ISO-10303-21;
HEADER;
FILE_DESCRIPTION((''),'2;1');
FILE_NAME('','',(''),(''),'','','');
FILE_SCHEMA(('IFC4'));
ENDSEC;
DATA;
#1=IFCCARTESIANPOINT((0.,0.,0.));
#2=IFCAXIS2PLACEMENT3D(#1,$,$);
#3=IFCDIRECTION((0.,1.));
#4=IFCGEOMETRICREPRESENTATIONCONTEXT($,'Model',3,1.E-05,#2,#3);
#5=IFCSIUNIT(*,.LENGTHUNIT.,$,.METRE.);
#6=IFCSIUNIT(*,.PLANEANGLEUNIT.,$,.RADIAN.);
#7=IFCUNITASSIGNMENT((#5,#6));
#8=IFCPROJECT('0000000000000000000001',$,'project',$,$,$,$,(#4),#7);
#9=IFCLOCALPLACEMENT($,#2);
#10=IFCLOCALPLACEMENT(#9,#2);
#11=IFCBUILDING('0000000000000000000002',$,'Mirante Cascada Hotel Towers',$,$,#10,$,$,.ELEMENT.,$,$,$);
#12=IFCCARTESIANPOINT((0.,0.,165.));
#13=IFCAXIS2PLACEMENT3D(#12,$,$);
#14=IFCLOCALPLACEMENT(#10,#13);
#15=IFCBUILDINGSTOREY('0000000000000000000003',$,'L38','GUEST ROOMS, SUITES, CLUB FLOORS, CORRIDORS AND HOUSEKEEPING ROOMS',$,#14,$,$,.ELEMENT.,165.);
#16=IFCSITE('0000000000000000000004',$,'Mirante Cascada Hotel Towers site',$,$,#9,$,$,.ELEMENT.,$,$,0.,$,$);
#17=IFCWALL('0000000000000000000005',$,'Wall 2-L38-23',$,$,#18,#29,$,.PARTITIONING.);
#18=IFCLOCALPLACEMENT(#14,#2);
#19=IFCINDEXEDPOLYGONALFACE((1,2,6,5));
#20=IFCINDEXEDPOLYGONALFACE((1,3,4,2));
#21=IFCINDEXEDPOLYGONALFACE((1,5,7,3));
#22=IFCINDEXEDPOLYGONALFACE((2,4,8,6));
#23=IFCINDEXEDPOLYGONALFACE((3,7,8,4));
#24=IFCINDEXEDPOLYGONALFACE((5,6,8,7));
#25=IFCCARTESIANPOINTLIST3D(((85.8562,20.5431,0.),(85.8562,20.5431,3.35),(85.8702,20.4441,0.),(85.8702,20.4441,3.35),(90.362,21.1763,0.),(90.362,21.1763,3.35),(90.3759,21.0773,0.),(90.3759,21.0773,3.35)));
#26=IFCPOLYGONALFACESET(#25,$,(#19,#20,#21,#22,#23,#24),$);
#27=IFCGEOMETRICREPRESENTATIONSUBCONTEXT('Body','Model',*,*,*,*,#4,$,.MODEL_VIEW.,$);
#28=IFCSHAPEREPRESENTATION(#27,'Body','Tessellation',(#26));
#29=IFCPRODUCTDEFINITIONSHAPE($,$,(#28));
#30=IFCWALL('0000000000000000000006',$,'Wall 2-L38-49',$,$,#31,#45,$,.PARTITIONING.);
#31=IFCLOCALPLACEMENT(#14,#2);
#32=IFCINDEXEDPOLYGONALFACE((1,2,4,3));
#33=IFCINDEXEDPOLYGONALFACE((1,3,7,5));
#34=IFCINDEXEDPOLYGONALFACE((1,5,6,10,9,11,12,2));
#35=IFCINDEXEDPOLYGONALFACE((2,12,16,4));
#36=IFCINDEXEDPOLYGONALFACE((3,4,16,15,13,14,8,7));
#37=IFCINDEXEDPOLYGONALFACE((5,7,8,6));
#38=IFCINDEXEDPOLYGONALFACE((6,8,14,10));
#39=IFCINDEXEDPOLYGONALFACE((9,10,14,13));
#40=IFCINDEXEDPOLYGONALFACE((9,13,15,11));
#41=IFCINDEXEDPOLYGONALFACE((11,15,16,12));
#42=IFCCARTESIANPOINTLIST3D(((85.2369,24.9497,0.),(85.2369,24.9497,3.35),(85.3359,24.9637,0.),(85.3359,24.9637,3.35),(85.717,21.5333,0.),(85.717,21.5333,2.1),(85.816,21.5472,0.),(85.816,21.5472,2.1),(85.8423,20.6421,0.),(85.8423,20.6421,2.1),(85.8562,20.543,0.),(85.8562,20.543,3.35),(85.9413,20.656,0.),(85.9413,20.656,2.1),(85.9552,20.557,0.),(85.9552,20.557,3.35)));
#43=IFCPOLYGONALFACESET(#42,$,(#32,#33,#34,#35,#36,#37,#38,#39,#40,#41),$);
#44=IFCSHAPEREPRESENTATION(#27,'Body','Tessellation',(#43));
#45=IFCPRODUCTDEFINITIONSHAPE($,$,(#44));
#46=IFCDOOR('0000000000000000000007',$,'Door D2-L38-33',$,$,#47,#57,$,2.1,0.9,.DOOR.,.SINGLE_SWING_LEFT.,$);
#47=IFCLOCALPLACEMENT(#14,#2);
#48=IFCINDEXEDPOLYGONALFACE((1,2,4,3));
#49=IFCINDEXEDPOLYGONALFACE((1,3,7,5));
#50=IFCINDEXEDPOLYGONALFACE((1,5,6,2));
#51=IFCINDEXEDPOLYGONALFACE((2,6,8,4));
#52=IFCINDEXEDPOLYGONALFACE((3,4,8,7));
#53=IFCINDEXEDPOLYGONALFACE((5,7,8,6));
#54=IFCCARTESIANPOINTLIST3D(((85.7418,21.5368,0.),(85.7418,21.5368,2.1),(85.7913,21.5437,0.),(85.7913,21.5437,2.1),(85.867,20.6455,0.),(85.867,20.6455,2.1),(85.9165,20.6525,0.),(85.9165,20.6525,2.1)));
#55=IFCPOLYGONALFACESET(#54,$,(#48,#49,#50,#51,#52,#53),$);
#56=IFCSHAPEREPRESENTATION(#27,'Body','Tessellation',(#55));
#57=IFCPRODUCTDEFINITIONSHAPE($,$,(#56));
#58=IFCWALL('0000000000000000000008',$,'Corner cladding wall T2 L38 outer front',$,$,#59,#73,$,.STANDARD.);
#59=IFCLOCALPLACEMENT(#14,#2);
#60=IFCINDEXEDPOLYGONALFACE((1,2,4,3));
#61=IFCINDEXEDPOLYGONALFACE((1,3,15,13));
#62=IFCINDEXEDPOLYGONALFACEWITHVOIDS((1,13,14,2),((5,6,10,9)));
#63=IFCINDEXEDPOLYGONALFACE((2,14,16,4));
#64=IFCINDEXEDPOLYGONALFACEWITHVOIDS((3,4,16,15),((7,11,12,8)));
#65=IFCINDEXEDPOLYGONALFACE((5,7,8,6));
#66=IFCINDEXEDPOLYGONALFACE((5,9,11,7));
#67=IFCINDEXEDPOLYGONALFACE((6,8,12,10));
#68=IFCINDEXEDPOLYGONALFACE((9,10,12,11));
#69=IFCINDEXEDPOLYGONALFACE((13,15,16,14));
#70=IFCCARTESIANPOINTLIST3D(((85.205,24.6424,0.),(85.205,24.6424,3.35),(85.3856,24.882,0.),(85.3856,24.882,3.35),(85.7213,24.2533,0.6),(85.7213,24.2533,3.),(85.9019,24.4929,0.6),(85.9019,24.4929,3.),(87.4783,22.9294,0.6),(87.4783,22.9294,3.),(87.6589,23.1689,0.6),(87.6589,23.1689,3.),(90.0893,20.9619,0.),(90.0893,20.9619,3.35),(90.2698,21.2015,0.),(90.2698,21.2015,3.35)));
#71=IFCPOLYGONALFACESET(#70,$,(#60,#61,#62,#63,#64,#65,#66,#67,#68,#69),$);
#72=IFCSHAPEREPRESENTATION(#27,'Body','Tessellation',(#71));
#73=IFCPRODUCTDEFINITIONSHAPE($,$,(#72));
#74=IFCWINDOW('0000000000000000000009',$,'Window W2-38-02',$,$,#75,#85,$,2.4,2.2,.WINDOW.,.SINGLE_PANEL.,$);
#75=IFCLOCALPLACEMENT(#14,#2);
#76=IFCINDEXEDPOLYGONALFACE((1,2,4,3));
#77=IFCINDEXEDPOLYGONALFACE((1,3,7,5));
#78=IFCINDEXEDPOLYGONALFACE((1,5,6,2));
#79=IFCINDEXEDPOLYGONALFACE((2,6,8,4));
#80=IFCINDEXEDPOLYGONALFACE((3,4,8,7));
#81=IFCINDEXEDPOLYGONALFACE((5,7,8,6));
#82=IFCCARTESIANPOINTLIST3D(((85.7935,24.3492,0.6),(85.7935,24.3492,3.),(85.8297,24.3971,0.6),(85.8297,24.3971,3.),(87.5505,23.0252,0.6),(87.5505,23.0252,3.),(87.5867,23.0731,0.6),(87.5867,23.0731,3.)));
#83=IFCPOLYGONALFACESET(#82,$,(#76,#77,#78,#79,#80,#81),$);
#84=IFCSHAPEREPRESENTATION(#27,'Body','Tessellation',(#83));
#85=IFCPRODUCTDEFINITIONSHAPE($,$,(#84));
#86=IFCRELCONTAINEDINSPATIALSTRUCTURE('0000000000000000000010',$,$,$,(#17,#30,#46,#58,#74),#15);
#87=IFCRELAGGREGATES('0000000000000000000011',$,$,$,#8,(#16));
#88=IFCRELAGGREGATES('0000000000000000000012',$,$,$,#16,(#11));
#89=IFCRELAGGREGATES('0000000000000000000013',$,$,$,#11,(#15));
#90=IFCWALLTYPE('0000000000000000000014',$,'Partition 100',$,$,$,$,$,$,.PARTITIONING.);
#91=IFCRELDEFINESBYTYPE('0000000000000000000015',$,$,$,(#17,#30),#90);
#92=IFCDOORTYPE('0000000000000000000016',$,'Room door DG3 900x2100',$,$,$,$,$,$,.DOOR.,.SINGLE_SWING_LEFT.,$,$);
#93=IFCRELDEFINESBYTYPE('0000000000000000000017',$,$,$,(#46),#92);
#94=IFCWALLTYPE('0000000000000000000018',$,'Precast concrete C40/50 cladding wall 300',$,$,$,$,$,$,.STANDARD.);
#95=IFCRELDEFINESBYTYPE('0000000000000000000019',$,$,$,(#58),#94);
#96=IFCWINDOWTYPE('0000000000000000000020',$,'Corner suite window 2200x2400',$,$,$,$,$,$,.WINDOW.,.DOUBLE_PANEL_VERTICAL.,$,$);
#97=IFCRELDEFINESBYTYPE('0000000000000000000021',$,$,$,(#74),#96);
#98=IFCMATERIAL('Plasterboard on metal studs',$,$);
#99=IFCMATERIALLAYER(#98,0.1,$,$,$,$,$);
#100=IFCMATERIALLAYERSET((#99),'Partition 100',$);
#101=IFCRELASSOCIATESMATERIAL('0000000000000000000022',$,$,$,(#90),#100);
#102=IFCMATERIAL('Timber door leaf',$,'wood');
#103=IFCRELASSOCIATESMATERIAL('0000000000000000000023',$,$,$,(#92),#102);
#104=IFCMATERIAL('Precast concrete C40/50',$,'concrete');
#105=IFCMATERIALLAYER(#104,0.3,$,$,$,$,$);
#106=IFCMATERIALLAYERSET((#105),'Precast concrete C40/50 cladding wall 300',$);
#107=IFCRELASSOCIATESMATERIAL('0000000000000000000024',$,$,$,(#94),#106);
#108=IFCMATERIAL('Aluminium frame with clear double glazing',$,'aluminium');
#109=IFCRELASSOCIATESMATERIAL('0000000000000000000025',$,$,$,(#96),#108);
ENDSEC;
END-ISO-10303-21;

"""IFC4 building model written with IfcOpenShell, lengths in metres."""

from ifc_helpers import new_model, si_unit, direction, frame, frame_2d, origin, place, context, subcontext, project, spatial, rectangle, extrude, material, layer, layer_set, type_object, element, fill, save


model = new_model("IFC4")

# Units and contexts
model_context = context("Model", 3, precision=1e-05, world=origin(), true_north=direction((0.0, 1.0)))
body_context = subcontext(model_context, "Body", "Model", "MODEL_VIEW")
ifc_project = project(units=[si_unit("LENGTHUNIT", "METRE"), si_unit("PLANEANGLEUNIT", "RADIAN")], contexts=[model_context])

# Site, building, storey
site_placement = place(None, origin())
site = spatial("IfcSite", under=ifc_project, at=site_placement, Name="Mirante Cascada Hotel Towers site", CompositionType="ELEMENT", RefElevation=0.0)
building_placement = place(site_placement, origin())
building = spatial("IfcBuilding", under=site, at=building_placement, Name="Mirante Cascada Hotel Towers", CompositionType="ELEMENT")
storey_placement = place(building_placement, frame((0.0, 0.0, 165.0)))
storey = spatial("IfcBuildingStorey", under=building, at=storey_placement, Name="L38", Description="GUEST ROOMS, SUITES, CLUB FLOORS, CORRIDORS AND HOUSEKEEPING ROOMS", CompositionType="ELEMENT", Elevation=165.0)

# Wall
ifc_material_1 = material(Name="Plasterboard on metal studs")
ifc_layer_1 = layer(ifc_material_1, 0.1)
ifc_layer_set_1 = layer_set([ifc_layer_1], Name="Partition 100")
wall_type_1 = type_object("IfcWallType", Name="Partition 100", PredefinedType="PARTITIONING", material=ifc_layer_set_1)
wall_1_placement = place(storey_placement, frame((85.8632, 20.4936, 0.0), z_axis=(0.0, 0.0, 1.0), x_axis=(0.990269, 0.139166, 0.0)))
element("IfcWall", 1, at=wall_1_placement, inside=storey, type_object=wall_type_1, Name="Wall 2-L38-23", PredefinedType="PARTITIONING", context=body_context, shape_type="SweptSolid", body=[
    extrude(rectangle(XDim=4.55, YDim=0.1, at=frame_2d((2.275, 0.0))), origin(), (0.0, 0.0, 1.0), 3.35),
])

# Wall, opening, door
wall_2_placement = place(storey_placement, frame((85.9057, 20.55, 0.0), z_axis=(0.0, 0.0, 1.0), x_axis=(-0.139168, 0.990269, 0.0)))
wall_2 = element("IfcWall", 2, at=wall_2_placement, inside=storey, type_object=wall_type_1, Name="Wall 2-L38-49", PredefinedType="PARTITIONING", context=body_context, shape_type="SweptSolid", body=[
    extrude(rectangle(XDim=4.45, YDim=0.1, at=frame_2d((2.225, 0.0))), origin(), (0.0, 0.0, 1.0), 3.35),
])
opening_1_placement = place(wall_2_placement, frame((0.1, 0.0, 0.0)))
opening_1 = element("IfcOpeningElement", 3, at=opening_1_placement, cuts=wall_2, PredefinedType="OPENING", context=body_context, shape_type="SweptSolid", body=[
    extrude(rectangle(XDim=0.9, YDim=2.1, at=frame_2d((0.45, 1.05))), frame((0.0, 0.05, 0.0), z_axis=(0.0, -1.0, 0.0), x_axis=(1.0, 0.0, 0.0)), (0.0, 0.0, 1.0), 0.1),
])
ifc_material_2 = material(Name="Timber door leaf", Category="wood")
door_type = type_object("IfcDoorType", Name="Room door DG3 900x2100", OperationType="SINGLE_SWING_LEFT", PredefinedType="DOOR", material=ifc_material_2)
door_placement = place(opening_1_placement, origin())
door = element("IfcDoor", 4, at=door_placement, inside=storey, type_object=door_type, Name="Door D2-L38-33", OperationType="SINGLE_SWING_LEFT", OverallHeight=2.1, OverallWidth=0.9, PredefinedType="DOOR", context=body_context, shape_type="SweptSolid", body=[
    extrude(rectangle(XDim=0.9, YDim=2.1, at=frame_2d((0.45, 1.05))), frame((0.0, 0.025, 0.0), z_axis=(0.0, -1.0, 0.0), x_axis=(1.0, 0.0, 0.0)), (0.0, 0.0, 1.0), 0.05),
])
fill(opening_1, door)

# Wall, opening, window
ifc_material_3 = material(Name="Precast concrete C40/50", Category="concrete")
ifc_layer_2 = layer(ifc_material_3, 0.3)
ifc_layer_set_2 = layer_set([ifc_layer_2], Name="Precast concrete C40/50 cladding wall 300")
wall_type_2 = type_object("IfcWallType", Name="Precast concrete C40/50 cladding wall 300", PredefinedType="STANDARD", material=ifc_layer_set_2)
wall_3_placement = place(storey_placement, frame((90.1795, 21.0817, 0.0), z_axis=(0.0, 0.0, 1.0), x_axis=(-0.798636, 0.601814, 0.0)))
wall_3 = element("IfcWall", 5, at=wall_3_placement, inside=storey, type_object=wall_type_2, Name="Corner cladding wall T2 L38 outer front", PredefinedType="STANDARD", context=body_context, shape_type="SweptSolid", body=[
    extrude(rectangle(XDim=6.1157, YDim=0.3, at=frame_2d((3.0578, 0.0))), origin(), (0.0, 0.0, 1.0), 3.35),
])
opening_2_placement = place(wall_3_placement, frame((3.2692, 0.0, 0.6)))
opening_2 = element("IfcOpeningElement", 6, at=opening_2_placement, cuts=wall_3, PredefinedType="OPENING", context=body_context, shape_type="SweptSolid", body=[
    extrude(rectangle(XDim=2.2, YDim=2.4, at=frame_2d((1.1, 1.2))), frame((0.0, 0.15, 0.0), z_axis=(0.0, -1.0, 0.0), x_axis=(1.0, 0.0, 0.0)), (0.0, 0.0, 1.0), 0.3),
])
ifc_material_4 = material(Name="Aluminium frame with clear double glazing", Category="aluminium")
window_type = type_object("IfcWindowType", Name="Corner suite window 2200x2400", PartitioningType="DOUBLE_PANEL_VERTICAL", PredefinedType="WINDOW", material=ifc_material_4)
window_placement = place(opening_2_placement, origin())
window = element("IfcWindow", 7, at=window_placement, inside=storey, type_object=window_type, Name="Window W2-38-02", OverallHeight=2.4, OverallWidth=2.2, PartitioningType="SINGLE_PANEL", PredefinedType="WINDOW", context=body_context, shape_type="SweptSolid", body=[
    extrude(rectangle(XDim=2.2, YDim=2.4, at=frame_2d((1.1, 1.2))), frame((0.0, 0.03, 0.0), z_axis=(0.0, -1.0, 0.0), x_axis=(1.0, 0.0, 0.0)), (0.0, 0.0, 1.0), 0.06),
])
fill(opening_2, window)

save(model, "model.ifc")
